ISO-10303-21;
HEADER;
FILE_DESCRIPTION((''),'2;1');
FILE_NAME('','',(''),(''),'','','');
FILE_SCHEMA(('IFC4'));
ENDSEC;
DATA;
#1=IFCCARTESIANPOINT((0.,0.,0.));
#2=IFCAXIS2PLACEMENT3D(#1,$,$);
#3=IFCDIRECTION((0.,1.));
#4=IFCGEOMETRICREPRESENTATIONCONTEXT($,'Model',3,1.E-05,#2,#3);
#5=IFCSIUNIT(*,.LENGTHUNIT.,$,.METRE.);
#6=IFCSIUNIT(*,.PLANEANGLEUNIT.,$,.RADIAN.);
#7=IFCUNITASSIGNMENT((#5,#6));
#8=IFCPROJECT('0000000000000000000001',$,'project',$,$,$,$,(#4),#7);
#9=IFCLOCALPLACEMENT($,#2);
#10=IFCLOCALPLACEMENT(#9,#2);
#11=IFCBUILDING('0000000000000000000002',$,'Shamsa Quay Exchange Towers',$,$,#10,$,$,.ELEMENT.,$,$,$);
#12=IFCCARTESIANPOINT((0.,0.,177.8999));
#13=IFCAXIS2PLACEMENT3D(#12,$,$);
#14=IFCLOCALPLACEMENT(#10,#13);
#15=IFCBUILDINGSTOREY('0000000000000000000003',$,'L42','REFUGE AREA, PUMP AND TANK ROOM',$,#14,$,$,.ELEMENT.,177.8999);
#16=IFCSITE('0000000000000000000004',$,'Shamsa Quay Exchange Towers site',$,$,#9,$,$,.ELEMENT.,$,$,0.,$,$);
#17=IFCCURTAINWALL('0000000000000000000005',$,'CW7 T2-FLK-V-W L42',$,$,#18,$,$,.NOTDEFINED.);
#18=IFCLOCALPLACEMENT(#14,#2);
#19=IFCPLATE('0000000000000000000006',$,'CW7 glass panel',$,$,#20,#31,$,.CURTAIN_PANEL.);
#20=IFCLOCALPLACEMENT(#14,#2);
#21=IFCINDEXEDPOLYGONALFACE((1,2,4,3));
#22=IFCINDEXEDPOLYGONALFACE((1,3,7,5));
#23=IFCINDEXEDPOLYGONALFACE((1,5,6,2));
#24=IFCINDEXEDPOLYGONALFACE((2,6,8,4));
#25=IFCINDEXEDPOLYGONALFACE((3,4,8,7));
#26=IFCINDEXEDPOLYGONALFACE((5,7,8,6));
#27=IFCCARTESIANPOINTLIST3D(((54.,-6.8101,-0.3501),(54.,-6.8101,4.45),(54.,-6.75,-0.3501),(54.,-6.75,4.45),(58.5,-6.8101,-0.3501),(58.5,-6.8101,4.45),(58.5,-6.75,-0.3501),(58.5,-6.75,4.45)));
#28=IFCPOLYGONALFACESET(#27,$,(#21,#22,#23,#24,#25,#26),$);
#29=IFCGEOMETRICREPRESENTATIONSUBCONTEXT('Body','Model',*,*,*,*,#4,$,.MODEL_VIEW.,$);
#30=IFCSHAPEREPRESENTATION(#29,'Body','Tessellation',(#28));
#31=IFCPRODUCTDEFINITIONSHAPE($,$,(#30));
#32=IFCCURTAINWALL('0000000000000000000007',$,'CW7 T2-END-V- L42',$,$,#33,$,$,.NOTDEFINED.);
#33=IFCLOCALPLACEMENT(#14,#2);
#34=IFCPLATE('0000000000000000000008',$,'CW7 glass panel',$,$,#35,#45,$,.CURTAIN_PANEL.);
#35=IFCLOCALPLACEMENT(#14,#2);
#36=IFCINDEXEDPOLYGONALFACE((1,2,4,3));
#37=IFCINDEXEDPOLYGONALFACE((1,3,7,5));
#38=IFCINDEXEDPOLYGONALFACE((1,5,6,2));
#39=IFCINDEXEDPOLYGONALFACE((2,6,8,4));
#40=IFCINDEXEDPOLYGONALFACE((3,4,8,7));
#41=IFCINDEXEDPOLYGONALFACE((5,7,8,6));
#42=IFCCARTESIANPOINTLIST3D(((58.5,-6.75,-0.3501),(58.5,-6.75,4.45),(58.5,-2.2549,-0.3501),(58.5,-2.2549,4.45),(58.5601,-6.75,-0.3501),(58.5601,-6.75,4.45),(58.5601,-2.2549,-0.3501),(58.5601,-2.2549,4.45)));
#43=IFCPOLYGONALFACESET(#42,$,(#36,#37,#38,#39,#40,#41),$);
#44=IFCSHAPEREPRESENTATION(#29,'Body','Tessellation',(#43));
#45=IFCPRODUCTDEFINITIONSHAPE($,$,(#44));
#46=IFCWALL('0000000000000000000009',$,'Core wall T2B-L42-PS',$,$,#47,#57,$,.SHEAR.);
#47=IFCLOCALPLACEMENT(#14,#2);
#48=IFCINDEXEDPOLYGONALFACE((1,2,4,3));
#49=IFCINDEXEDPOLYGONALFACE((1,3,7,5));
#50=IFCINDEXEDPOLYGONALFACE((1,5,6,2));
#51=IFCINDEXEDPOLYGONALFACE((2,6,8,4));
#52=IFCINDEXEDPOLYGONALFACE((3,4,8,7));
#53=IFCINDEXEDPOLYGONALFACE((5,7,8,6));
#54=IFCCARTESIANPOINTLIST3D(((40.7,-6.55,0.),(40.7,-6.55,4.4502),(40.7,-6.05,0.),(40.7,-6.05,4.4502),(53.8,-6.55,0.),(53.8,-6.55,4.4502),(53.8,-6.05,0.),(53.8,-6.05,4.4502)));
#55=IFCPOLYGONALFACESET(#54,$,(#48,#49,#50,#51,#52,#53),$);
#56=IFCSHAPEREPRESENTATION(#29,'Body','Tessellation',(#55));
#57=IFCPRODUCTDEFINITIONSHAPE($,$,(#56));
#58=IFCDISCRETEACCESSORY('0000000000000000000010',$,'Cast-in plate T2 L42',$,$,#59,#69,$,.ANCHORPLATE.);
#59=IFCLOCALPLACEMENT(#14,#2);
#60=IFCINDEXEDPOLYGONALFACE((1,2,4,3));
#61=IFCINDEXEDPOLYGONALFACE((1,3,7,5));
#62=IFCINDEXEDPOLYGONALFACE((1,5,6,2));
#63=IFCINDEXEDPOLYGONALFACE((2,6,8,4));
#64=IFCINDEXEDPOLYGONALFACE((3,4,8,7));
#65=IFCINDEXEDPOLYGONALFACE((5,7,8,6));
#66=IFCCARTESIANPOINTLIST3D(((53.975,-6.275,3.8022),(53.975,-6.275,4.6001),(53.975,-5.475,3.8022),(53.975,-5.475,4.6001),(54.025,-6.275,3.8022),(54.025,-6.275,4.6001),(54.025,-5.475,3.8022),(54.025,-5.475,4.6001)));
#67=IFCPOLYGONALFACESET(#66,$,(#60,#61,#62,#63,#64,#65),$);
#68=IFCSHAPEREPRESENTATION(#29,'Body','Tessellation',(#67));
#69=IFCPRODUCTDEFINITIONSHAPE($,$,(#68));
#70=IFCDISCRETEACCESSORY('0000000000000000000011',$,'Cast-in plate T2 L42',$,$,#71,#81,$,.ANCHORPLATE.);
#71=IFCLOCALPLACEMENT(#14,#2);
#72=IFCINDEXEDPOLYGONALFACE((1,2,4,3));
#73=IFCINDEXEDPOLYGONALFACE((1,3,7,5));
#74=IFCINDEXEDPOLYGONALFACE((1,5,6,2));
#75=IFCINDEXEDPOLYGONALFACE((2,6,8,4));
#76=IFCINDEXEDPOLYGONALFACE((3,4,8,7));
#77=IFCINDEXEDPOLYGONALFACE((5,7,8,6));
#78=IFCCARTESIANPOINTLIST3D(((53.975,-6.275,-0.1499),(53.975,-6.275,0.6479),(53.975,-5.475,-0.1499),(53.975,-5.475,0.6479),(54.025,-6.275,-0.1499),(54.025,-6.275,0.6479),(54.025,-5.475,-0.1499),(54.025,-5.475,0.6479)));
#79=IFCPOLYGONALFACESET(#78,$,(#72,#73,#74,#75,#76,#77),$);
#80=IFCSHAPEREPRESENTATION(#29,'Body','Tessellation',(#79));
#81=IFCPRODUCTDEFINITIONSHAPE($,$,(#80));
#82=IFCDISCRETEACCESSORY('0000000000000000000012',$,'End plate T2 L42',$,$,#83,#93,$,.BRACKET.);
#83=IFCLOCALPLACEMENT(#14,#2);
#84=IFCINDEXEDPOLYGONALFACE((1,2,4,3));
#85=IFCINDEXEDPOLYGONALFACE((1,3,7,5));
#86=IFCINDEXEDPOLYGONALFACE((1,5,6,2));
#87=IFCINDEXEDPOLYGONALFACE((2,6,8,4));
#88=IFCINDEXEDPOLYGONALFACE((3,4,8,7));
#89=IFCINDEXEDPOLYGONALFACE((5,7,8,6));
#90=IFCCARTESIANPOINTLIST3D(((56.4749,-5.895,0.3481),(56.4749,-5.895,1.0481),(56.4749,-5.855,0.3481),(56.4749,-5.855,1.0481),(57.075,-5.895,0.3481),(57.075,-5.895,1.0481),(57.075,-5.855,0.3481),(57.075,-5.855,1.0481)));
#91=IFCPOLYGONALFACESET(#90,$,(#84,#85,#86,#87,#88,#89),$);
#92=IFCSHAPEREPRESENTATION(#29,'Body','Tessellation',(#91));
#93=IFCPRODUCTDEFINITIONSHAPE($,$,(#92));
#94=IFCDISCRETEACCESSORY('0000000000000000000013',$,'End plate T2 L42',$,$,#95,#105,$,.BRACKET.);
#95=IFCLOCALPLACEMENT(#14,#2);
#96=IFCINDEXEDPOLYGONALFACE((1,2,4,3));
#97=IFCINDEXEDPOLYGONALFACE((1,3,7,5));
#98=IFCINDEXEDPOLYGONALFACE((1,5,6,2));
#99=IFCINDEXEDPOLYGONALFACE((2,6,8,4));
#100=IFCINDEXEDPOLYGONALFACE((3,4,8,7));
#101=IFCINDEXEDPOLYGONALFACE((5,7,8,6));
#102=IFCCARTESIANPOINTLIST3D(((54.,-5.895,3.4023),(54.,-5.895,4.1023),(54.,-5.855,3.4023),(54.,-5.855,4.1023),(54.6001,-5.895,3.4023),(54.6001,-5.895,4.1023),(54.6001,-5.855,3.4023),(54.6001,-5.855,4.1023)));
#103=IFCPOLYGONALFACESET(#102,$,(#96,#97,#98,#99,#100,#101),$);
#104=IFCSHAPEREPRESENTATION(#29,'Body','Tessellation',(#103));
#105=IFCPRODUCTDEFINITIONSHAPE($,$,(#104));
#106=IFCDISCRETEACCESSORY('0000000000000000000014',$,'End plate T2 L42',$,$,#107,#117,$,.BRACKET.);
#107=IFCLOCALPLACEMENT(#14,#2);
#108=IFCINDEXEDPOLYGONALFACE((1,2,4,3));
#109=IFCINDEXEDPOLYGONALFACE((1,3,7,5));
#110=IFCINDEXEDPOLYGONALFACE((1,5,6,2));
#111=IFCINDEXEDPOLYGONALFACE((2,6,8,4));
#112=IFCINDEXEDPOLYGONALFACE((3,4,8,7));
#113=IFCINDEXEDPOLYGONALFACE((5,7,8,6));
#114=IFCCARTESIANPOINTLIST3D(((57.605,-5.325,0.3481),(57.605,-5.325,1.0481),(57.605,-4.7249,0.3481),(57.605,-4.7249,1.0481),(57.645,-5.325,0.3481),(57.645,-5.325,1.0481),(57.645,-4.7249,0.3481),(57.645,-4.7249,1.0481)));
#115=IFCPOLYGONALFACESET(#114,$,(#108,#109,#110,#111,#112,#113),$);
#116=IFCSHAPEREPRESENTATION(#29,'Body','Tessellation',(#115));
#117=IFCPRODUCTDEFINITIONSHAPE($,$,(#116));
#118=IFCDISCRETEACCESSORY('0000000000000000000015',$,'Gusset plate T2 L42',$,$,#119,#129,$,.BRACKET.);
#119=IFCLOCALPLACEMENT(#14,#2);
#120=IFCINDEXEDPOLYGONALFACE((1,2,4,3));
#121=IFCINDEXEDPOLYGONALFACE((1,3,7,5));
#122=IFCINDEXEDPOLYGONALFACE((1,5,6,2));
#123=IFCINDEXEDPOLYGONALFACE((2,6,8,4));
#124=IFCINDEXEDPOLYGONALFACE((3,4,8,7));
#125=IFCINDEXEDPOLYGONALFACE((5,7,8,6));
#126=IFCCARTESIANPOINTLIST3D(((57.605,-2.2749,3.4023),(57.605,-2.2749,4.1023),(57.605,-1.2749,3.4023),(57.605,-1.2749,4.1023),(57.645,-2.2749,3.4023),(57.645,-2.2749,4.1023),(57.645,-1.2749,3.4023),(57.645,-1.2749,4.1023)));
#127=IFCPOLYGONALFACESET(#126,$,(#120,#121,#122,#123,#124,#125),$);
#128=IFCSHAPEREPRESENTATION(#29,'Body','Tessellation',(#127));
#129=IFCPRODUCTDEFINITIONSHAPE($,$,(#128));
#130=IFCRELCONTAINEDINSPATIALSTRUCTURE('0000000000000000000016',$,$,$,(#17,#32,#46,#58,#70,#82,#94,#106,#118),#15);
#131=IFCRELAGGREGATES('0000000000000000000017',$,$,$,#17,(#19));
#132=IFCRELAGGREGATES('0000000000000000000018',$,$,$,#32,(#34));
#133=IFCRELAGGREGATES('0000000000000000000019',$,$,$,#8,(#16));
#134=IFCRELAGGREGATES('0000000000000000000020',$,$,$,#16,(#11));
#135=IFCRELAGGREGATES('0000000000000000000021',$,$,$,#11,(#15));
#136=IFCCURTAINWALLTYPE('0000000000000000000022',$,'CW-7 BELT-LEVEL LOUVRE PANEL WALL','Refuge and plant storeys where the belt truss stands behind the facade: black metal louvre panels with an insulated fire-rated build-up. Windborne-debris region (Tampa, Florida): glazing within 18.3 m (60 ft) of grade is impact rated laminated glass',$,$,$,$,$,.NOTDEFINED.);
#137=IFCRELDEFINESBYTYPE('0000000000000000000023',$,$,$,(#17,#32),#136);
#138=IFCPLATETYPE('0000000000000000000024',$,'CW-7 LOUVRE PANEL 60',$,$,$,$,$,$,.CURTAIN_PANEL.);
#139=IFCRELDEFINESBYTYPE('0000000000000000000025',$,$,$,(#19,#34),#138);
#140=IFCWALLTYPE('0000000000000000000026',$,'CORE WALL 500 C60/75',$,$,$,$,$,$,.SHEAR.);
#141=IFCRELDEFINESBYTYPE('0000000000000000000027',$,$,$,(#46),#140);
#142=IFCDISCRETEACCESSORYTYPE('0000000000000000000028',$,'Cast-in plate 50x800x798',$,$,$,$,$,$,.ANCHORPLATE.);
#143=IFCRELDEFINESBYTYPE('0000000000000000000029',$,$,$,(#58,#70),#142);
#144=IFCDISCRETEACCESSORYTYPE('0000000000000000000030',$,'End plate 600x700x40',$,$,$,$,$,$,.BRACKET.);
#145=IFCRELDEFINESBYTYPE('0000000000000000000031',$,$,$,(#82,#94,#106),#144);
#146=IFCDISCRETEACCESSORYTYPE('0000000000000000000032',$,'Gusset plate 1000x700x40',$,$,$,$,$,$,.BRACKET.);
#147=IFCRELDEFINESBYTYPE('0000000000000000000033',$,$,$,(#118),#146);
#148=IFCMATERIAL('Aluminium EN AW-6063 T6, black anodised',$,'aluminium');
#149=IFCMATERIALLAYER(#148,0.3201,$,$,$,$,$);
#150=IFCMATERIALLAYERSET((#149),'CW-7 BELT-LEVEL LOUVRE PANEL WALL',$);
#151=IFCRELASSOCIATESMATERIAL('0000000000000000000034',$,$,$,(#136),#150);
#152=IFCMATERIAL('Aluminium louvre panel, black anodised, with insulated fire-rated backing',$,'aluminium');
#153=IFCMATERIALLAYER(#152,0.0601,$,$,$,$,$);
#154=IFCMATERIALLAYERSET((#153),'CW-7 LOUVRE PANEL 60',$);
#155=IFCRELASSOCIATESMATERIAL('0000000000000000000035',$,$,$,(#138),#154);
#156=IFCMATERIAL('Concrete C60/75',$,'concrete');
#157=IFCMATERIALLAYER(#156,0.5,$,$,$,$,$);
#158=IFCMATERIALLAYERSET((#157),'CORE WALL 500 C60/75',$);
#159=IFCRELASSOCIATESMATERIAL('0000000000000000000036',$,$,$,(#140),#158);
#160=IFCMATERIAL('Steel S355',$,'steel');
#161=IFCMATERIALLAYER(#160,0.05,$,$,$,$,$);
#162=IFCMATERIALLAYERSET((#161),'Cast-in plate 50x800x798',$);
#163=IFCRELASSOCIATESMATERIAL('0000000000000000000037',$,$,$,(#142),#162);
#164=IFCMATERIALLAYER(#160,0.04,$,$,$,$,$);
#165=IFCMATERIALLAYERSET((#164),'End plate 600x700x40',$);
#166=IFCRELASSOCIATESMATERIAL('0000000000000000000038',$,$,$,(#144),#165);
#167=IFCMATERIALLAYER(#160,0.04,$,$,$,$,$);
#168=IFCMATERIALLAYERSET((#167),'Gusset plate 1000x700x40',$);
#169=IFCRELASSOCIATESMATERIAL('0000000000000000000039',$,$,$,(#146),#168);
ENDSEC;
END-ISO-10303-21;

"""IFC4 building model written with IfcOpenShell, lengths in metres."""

from ifc_helpers import new_model, si_unit, direction, frame, frame_2d, origin, origin_2d, place, context, subcontext, project, spatial, rectangle, extrude, material, layer, layer_set, type_object, element, aggregate, save


model = new_model("IFC4")

# Units and contexts
model_context = context("Model", 3, precision=1e-05, world=origin(), true_north=direction((0.0, 1.0)))
body_context = subcontext(model_context, "Body", "Model", "MODEL_VIEW")
ifc_project = project(units=[si_unit("LENGTHUNIT", "METRE"), si_unit("PLANEANGLEUNIT", "RADIAN")], contexts=[model_context])

# Site, building, storey
site_placement = place(None, origin())
site = spatial("IfcSite", under=ifc_project, at=site_placement, Name="Shamsa Quay Exchange Towers site", CompositionType="ELEMENT", RefElevation=0.0)
building_placement = place(site_placement, origin())
building = spatial("IfcBuilding", under=site, at=building_placement, Name="Shamsa Quay Exchange Towers", CompositionType="ELEMENT")
storey_placement = place(building_placement, frame((0.0, 0.0, 177.8999)))
storey = spatial("IfcBuildingStorey", under=building, at=storey_placement, Name="L42", Description="REFUGE AREA, PUMP AND TANK ROOM", CompositionType="ELEMENT", Elevation=177.8999)

# Shared definitions
ifc_material_1 = material(Name="Steel S355", Category="steel")

# Curtain walls, plates
ifc_material_2 = material(Name="Aluminium EN AW-6063 T6, black anodised", Category="aluminium")
ifc_layer_1 = layer(ifc_material_2, 0.3201)
ifc_layer_set_1 = layer_set([ifc_layer_1], Name="CW-7 BELT-LEVEL LOUVRE PANEL WALL")
curtain_wall_type = type_object("IfcCurtainWallType", Name="CW-7 BELT-LEVEL LOUVRE PANEL WALL", Description="Refuge and plant storeys where the belt truss stands behind the facade: black metal louvre panels with an insulated fire-rated build-up. Windborne-debris region (Tampa, Florida): glazing within 18.3 m (60 ft) of grade is impact rated laminated glass", PredefinedType="NOTDEFINED", material=ifc_layer_set_1)
curtain_wall_1_placement = place(storey_placement, origin())
curtain_wall_1 = element("IfcCurtainWall", 1, at=curtain_wall_1_placement, inside=storey, type_object=curtain_wall_type, Name="CW7 T2-FLK-V-W L42", PredefinedType="NOTDEFINED")
ifc_material_3 = material(Name="Aluminium louvre panel, black anodised, with insulated fire-rated backing", Category="aluminium")
ifc_layer_2 = layer(ifc_material_3, 0.0601)
ifc_layer_set_2 = layer_set([ifc_layer_2], Name="CW-7 LOUVRE PANEL 60")
plate_type = type_object("IfcPlateType", Name="CW-7 LOUVRE PANEL 60", PredefinedType="CURTAIN_PANEL", material=ifc_layer_set_2)
plate_1_placement = place(storey_placement, frame((56.25, -6.78, -0.3501)))
plate_1 = element("IfcPlate", 2, at=plate_1_placement, type_object=plate_type, Name="CW7 glass panel", PredefinedType="CURTAIN_PANEL", context=body_context, shape_type="SweptSolid", body=[
    extrude(rectangle(XDim=4.5, YDim=0.0601, at=origin_2d()), origin(), (0.0, 0.0, 1.0), 4.8),
])
aggregate(curtain_wall_1, [plate_1])
curtain_wall_2_placement = place(storey_placement, origin())
curtain_wall_2 = element("IfcCurtainWall", 3, at=curtain_wall_2_placement, inside=storey, type_object=curtain_wall_type, Name="CW7 T2-END-V- L42", PredefinedType="NOTDEFINED")
plate_2_placement = place(storey_placement, frame((58.53, -4.5024, -0.3501), z_axis=(0.0, 0.0, 1.0), x_axis=(0.0, 1.0, 0.0)))
plate_2 = element("IfcPlate", 4, at=plate_2_placement, type_object=plate_type, Name="CW7 glass panel", PredefinedType="CURTAIN_PANEL", context=body_context, shape_type="SweptSolid", body=[
    extrude(rectangle(XDim=4.4951, YDim=0.0601, at=origin_2d()), origin(), (0.0, 0.0, 1.0), 4.8),
])
aggregate(curtain_wall_2, [plate_2])

# Wall
ifc_material_4 = material(Name="Concrete C60/75", Category="concrete")
ifc_layer_3 = layer(ifc_material_4, 0.5)
ifc_layer_set_3 = layer_set([ifc_layer_3], Name="CORE WALL 500 C60/75")
wall_type = type_object("IfcWallType", Name="CORE WALL 500 C60/75", PredefinedType="SHEAR", material=ifc_layer_set_3)
wall_1_placement = place(storey_placement, frame((53.8, -6.3, 0.0), z_axis=(0.0, 0.0, 1.0), x_axis=(-1.0, 0.0, 0.0)))
element("IfcWall", 5, at=wall_1_placement, inside=storey, type_object=wall_type, Name="Core wall T2B-L42-PS", PredefinedType="SHEAR", context=body_context, shape_type="SweptSolid", body=[
    extrude(rectangle(XDim=13.1001, YDim=0.5, at=frame_2d((6.55, 0.0))), origin(), (0.0, 0.0, 1.0), 4.4502),
])

# Discrete accessories
ifc_layer_4 = layer(ifc_material_1, 0.05)
ifc_layer_set_4 = layer_set([ifc_layer_4], Name="Cast-in plate 50x800x798")
discrete_accessory_type_1 = type_object("IfcDiscreteAccessoryType", Name="Cast-in plate 50x800x798", PredefinedType="ANCHORPLATE", material=ifc_layer_set_4)
for number, where, z_axis, x_axis, name in (
    (6, (54.0, -5.875, 3.8022), (0.0, 0.0, 1.0), (-1.0, 0.0, 0.0), "Cast-in plate T2 L42"),
    (7, (54.0, -5.875, -0.1499), (0.0, 0.0, 1.0), (-1.0, 0.0, 0.0), "Cast-in plate T2 L42"),
):
    element("IfcDiscreteAccessory", number, at=place(storey_placement, frame(where, z_axis=z_axis, x_axis=x_axis)), inside=storey, type_object=discrete_accessory_type_1, Name=name, PredefinedType="ANCHORPLATE", context=body_context, shape_type="SweptSolid", body=[
        extrude(rectangle(XDim=0.05, YDim=0.8, at=origin_2d()), origin(), (0.0, 0.0, 1.0), 0.7979),
    ])
ifc_layer_5 = layer(ifc_material_1, 0.04)
ifc_layer_set_5 = layer_set([ifc_layer_5], Name="End plate 600x700x40")
discrete_accessory_type_2 = type_object("IfcDiscreteAccessoryType", Name="End plate 600x700x40", PredefinedType="BRACKET", material=ifc_layer_set_5)
for number, where, z_axis, x_axis, name in (
    (8, (56.7749, -5.875, 0.3481), (0.0, 0.0, 1.0), (-1.0, 0.0, 0.0), "End plate T2 L42"),
    (9, (54.3, -5.875, 3.4023), (0.0, 0.0, 1.0), (-1.0, 0.0, 0.0), "End plate T2 L42"),
    (10, (57.625, -5.0249, 0.3481), (0.0, 0.0, 1.0), (0.0, 1.0, 0.0), "End plate T2 L42"),
):
    element("IfcDiscreteAccessory", number, at=place(storey_placement, frame(where, z_axis=z_axis, x_axis=x_axis)), inside=storey, type_object=discrete_accessory_type_2, Name=name, PredefinedType="BRACKET", context=body_context, shape_type="SweptSolid", body=[
        extrude(rectangle(XDim=0.6001, YDim=0.04, at=origin_2d()), origin(), (0.0, 0.0, 1.0), 0.7),
    ])
ifc_layer_6 = layer(ifc_material_1, 0.04)
ifc_layer_set_6 = layer_set([ifc_layer_6], Name="Gusset plate 1000x700x40")
discrete_accessory_type_3 = type_object("IfcDiscreteAccessoryType", Name="Gusset plate 1000x700x40", PredefinedType="BRACKET", material=ifc_layer_set_6)
discrete_accessory_placement = place(storey_placement, frame((57.625, -1.7749, 3.4023), z_axis=(0.0, 0.0, 1.0), x_axis=(0.0, 1.0, 0.0)))
element("IfcDiscreteAccessory", 11, at=discrete_accessory_placement, inside=storey, type_object=discrete_accessory_type_3, Name="Gusset plate T2 L42", PredefinedType="BRACKET", context=body_context, shape_type="SweptSolid", body=[
    extrude(rectangle(XDim=1.0, YDim=0.04, at=origin_2d()), origin(), (0.0, 0.0, 1.0), 0.7),
])

save(model, "model.ifc")
